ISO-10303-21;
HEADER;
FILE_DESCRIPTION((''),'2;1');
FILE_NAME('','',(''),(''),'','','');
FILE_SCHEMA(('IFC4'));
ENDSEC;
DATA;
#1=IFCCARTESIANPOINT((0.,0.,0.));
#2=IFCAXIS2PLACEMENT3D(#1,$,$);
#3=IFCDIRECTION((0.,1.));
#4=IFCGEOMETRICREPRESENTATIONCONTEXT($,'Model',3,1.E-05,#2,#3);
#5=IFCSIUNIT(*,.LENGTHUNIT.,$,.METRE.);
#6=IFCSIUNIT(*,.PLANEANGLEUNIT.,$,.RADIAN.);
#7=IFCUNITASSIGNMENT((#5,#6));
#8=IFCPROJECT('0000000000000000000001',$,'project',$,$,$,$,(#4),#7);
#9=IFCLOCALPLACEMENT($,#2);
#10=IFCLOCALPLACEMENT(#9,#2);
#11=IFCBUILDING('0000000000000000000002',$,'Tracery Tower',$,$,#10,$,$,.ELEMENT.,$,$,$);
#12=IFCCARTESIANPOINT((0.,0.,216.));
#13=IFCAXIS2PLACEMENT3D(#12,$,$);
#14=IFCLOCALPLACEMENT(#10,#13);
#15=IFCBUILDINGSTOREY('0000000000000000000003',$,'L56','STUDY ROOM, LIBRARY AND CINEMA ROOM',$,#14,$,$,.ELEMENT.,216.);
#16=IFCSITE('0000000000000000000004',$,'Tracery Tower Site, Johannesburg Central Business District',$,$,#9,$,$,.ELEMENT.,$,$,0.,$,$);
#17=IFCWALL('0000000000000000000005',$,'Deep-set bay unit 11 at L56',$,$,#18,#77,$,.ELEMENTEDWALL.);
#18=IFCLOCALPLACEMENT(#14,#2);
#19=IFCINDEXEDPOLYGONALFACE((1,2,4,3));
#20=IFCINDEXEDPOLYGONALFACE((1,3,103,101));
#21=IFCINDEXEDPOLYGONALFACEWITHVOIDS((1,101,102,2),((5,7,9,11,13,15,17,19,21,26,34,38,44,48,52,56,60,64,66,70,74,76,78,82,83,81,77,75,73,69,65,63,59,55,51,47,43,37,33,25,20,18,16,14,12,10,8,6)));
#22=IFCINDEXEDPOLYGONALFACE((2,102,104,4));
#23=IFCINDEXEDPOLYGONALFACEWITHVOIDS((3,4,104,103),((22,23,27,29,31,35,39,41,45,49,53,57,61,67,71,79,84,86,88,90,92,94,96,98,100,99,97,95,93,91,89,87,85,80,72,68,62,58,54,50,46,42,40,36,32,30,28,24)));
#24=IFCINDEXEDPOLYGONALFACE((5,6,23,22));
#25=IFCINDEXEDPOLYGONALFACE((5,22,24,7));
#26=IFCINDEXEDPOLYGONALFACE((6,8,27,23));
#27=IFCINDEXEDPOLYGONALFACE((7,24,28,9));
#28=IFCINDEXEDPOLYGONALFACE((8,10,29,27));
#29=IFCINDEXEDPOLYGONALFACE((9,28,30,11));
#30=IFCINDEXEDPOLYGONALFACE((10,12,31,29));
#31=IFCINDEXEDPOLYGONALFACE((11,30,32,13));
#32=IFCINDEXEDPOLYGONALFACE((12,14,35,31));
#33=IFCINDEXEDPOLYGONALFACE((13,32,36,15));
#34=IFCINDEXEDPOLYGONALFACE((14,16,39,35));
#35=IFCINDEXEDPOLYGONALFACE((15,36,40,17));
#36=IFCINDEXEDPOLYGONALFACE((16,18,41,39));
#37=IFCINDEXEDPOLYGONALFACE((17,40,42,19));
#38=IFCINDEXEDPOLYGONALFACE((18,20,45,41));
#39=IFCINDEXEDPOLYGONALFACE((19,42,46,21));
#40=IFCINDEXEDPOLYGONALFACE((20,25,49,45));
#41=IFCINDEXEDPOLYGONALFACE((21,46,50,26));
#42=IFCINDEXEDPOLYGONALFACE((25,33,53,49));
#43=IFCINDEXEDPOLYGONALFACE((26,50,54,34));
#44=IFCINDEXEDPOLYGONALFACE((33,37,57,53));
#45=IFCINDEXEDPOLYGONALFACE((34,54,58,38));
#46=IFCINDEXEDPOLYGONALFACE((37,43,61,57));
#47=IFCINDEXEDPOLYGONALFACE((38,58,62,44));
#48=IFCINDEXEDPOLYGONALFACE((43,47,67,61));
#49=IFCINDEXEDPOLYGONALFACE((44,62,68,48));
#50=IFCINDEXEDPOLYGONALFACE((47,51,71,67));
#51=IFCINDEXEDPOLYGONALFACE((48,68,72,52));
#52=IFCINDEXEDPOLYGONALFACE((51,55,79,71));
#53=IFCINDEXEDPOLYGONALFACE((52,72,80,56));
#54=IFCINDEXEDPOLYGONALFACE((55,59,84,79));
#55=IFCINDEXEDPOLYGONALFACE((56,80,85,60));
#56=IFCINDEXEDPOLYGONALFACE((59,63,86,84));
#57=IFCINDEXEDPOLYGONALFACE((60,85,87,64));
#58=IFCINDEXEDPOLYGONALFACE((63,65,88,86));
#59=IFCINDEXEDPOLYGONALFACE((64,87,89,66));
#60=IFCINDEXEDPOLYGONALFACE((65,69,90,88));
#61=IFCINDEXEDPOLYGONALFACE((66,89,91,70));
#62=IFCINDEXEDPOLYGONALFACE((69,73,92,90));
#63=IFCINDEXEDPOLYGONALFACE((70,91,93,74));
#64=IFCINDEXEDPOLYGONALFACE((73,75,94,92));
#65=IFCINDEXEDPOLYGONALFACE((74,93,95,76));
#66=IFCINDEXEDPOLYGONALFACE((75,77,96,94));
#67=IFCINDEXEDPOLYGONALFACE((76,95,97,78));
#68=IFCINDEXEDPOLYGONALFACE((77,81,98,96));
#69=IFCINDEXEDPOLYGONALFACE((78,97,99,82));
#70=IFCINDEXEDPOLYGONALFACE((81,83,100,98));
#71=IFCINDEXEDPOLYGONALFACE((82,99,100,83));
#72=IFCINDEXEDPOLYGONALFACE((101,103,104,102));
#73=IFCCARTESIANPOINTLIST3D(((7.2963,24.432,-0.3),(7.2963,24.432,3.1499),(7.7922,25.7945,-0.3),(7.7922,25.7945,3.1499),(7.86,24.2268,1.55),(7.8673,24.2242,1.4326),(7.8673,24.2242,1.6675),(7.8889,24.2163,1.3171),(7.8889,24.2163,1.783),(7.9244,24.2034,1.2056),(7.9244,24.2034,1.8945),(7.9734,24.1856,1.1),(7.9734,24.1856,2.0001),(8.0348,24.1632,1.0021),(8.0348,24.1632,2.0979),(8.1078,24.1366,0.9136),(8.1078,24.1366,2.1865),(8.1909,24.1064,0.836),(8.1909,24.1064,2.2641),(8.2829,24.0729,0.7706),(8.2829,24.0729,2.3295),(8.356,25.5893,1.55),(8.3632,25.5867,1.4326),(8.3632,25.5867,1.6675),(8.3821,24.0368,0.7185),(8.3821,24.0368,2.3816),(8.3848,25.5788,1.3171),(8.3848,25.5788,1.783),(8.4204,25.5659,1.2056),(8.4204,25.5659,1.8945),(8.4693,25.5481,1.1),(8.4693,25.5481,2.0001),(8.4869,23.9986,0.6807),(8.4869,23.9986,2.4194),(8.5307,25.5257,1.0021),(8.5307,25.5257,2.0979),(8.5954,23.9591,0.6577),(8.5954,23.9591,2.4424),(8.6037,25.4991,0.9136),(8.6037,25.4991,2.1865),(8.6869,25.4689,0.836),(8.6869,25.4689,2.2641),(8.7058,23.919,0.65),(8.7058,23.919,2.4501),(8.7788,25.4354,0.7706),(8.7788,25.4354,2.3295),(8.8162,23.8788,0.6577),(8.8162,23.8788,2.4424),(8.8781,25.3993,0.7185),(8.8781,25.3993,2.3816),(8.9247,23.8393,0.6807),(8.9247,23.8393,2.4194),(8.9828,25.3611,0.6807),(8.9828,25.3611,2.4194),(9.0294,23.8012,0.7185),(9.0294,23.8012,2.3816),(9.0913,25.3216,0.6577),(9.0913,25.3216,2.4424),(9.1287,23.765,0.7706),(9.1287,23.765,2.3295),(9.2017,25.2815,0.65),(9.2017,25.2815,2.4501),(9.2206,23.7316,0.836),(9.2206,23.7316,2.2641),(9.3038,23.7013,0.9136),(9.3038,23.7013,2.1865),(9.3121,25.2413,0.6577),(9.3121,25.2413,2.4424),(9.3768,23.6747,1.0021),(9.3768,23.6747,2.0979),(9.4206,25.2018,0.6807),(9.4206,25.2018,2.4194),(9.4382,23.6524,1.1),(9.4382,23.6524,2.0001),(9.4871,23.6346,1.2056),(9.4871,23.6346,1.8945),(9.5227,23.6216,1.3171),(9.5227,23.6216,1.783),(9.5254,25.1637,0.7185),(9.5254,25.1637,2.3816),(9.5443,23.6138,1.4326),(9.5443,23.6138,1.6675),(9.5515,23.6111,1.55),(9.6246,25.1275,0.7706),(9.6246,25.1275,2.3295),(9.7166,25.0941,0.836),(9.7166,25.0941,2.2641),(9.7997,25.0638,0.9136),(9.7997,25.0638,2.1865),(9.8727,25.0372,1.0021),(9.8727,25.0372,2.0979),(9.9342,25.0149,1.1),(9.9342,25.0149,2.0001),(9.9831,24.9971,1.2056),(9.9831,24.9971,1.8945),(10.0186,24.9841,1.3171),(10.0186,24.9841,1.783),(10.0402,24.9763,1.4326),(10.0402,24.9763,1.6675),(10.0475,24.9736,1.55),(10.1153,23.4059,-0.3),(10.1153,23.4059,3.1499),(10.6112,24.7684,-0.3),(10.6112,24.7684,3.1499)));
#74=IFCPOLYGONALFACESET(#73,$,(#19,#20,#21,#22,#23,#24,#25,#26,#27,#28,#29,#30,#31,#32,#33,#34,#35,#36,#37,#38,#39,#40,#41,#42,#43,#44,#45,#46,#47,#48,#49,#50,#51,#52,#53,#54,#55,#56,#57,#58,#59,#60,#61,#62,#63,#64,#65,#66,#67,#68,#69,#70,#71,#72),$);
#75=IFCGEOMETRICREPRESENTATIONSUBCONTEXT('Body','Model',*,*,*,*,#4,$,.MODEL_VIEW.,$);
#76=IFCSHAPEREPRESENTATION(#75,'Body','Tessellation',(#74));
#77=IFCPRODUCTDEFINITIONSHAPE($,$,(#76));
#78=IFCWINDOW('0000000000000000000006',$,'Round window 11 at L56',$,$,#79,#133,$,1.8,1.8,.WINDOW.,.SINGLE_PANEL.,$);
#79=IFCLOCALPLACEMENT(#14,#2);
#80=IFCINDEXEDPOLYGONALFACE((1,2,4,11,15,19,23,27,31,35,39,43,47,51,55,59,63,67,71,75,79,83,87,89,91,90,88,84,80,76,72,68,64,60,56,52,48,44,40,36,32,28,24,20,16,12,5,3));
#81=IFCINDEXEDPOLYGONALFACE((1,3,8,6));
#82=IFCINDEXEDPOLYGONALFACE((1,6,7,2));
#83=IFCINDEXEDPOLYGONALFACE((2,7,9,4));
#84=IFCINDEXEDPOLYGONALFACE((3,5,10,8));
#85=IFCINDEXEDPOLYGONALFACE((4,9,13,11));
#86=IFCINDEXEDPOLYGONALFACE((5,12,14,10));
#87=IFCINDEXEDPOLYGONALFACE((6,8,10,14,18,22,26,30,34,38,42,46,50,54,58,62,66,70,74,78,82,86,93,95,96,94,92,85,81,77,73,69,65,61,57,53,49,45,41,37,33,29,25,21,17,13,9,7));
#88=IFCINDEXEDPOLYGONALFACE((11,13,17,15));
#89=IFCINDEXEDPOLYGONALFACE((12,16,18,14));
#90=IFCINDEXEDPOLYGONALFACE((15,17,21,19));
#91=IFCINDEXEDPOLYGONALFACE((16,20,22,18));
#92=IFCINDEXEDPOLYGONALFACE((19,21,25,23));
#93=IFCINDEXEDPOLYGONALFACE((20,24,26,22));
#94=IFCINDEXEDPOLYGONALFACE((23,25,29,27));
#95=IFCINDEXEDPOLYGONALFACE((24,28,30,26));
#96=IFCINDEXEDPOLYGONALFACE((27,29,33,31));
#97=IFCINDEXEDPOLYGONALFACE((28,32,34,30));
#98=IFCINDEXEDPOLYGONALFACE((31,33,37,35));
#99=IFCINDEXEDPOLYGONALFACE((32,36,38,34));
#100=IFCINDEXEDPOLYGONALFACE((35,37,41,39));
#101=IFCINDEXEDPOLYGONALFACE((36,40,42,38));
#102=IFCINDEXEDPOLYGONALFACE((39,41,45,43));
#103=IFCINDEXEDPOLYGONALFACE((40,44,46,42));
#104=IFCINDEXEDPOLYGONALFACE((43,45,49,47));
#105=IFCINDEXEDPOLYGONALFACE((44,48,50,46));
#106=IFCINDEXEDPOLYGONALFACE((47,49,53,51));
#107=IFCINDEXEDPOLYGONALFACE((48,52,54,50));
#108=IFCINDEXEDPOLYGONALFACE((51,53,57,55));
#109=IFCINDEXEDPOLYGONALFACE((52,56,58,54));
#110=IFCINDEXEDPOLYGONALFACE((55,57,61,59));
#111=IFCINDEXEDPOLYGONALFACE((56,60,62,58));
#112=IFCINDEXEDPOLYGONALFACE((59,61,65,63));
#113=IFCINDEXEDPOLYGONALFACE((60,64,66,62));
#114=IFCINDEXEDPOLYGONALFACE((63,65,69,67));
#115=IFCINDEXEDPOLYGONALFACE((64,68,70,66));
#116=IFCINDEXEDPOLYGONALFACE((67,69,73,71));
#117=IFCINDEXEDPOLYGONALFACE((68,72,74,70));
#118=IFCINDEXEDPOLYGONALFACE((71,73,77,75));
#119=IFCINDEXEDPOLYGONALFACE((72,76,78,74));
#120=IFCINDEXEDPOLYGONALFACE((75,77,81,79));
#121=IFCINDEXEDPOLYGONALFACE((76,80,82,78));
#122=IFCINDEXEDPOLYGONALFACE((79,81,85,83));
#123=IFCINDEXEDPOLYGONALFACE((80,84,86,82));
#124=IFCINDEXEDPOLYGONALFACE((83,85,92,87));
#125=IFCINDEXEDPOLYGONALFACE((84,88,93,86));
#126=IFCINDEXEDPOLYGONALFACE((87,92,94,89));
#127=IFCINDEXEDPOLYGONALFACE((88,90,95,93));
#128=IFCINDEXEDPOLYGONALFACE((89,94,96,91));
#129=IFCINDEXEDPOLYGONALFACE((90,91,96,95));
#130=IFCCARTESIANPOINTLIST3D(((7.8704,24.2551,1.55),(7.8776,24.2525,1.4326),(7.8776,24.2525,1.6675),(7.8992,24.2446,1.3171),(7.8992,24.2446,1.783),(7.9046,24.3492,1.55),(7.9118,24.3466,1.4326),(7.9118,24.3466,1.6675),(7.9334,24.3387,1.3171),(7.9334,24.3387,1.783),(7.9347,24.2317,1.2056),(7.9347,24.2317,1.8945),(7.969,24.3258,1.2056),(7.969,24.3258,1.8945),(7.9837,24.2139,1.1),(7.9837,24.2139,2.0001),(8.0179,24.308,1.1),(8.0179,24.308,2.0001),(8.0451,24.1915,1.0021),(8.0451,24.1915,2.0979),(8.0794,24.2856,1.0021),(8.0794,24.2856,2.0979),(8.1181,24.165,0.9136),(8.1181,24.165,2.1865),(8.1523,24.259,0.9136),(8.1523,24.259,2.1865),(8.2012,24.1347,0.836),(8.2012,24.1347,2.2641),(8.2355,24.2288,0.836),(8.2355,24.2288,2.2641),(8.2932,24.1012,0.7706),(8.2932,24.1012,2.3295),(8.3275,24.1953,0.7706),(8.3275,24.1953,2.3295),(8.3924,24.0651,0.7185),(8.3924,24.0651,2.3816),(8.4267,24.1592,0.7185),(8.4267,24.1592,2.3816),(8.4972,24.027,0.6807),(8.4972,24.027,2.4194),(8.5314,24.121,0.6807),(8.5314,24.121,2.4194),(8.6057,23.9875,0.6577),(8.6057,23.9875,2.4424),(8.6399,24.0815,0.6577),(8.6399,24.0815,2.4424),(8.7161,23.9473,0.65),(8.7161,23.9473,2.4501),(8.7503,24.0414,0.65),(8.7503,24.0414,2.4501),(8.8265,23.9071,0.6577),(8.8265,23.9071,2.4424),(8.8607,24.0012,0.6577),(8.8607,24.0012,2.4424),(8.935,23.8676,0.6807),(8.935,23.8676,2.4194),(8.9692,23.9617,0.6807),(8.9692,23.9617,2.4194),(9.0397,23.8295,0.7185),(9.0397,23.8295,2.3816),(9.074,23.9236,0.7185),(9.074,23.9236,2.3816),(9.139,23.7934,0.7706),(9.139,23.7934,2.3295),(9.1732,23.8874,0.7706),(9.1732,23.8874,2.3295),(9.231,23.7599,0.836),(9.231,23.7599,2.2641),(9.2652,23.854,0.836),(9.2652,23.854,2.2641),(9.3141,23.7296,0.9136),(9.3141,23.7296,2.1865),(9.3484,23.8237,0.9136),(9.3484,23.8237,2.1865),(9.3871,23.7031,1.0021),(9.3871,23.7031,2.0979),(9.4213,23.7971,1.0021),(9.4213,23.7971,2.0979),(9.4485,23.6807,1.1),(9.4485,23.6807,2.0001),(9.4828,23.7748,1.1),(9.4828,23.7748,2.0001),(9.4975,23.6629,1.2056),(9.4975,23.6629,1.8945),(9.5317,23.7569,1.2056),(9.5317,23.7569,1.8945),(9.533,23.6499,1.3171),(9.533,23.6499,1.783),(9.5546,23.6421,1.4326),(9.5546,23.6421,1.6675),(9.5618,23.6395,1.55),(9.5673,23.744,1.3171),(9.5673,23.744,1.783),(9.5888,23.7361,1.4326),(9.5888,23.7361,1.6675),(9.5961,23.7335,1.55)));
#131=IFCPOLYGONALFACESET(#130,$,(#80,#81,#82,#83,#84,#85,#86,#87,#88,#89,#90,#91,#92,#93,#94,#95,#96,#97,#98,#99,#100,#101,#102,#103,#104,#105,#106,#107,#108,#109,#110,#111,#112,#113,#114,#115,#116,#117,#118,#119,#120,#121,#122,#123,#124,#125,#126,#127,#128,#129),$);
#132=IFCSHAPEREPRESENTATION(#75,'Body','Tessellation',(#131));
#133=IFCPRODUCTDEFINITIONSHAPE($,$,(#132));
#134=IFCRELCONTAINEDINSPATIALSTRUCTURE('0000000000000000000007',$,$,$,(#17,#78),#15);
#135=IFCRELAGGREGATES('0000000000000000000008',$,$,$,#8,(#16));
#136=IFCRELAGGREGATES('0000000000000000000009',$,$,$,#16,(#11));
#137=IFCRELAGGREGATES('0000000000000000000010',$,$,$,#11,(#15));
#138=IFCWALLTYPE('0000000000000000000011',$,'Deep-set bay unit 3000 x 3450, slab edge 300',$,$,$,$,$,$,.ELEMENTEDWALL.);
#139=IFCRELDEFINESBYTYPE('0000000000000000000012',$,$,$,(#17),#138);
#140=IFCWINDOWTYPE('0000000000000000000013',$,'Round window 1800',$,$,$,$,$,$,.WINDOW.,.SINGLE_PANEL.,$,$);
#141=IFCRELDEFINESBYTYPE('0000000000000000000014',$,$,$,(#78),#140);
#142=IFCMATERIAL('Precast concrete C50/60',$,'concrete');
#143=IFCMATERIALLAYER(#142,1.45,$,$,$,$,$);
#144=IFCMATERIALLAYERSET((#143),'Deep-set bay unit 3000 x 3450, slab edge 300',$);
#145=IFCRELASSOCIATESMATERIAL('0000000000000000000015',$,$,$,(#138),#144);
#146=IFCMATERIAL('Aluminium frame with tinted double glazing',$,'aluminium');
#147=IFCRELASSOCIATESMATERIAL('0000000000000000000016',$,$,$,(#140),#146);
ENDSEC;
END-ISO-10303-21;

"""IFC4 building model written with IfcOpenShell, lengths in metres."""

from ifc_helpers import new_model, si_unit, direction, frame, frame_2d, origin, origin_2d, place, context, subcontext, project, spatial, rectangle, circle, extrude, material, layer, layer_set, type_object, element, fill, save


model = new_model("IFC4")

# Units and contexts
model_context = context("Model", 3, precision=1e-05, world=origin(), true_north=direction((0.0, 1.0)))
body_context = subcontext(model_context, "Body", "Model", "MODEL_VIEW")
ifc_project = project(units=[si_unit("LENGTHUNIT", "METRE"), si_unit("PLANEANGLEUNIT", "RADIAN")], contexts=[model_context])

# Site, building, storey
site_placement = place(None, origin())
site = spatial("IfcSite", under=ifc_project, at=site_placement, Name="Tracery Tower Site, Johannesburg Central Business District", CompositionType="ELEMENT", RefElevation=0.0)
building_placement = place(site_placement, origin())
building = spatial("IfcBuilding", under=site, at=building_placement, Name="Tracery Tower", CompositionType="ELEMENT")
storey_placement = place(building_placement, frame((0.0, 0.0, 216.0)))
storey = spatial("IfcBuildingStorey", under=building, at=storey_placement, Name="L56", Description="STUDY ROOM, LIBRARY AND CINEMA ROOM", CompositionType="ELEMENT", Elevation=216.0)

# Wall, opening, window
ifc_material_1 = material(Name="Precast concrete C50/60", Category="concrete")
ifc_layer_1 = layer(ifc_material_1, 1.45)
ifc_layer_set_1 = layer_set([ifc_layer_1], Name="Deep-set bay unit 3000 x 3450, slab edge 300")
wall_type_1 = type_object("IfcWallType", Name="Deep-set bay unit 3000 x 3450, slab edge 300", PredefinedType="ELEMENTEDWALL", material=ifc_layer_set_1)
ifc_material_2 = material(Name="Aluminium frame with tinted double glazing", Category="aluminium")
window_type = type_object("IfcWindowType", Name="Round window 1800", PartitioningType="SINGLE_PANEL", PredefinedType="WINDOW", material=ifc_material_2)
wall_1_placement = place(storey_placement, frame((10.3633, 24.0872, -0.3), z_axis=(0.0, 0.0, 1.0), x_axis=(-0.939686, 0.342037, 0.0)))
wall_1 = element("IfcWall", 1, at=wall_1_placement, inside=storey, type_object=wall_type_1, Name="Deep-set bay unit 11 at L56", PredefinedType="ELEMENTEDWALL", context=body_context, shape_type="SweptSolid", body=[
    extrude(rectangle(XDim=3.0, YDim=1.45, at=frame_2d((1.5, 0.0))), origin(), (0.0, 0.0, 1.0), 3.45),
])
opening_1_placement = place(wall_1_placement, frame((1.5, 0.0, 1.8501)))
opening_1 = element("IfcOpeningElement", 2, at=opening_1_placement, cuts=wall_1, PredefinedType="OPENING", context=body_context, shape_type="SweptSolid", body=[
    extrude(circle(Radius=0.9, at=origin_2d()), frame((0.0, 0.7349, 0.0), z_axis=(0.0, -1.0, 0.0), x_axis=(1.0, 0.0, 0.0)), (0.0, 0.0, 1.0), 1.47),
])
window_1_placement = place(opening_1_placement, origin())
window_1 = element("IfcWindow", 3, at=window_1_placement, inside=storey, type_object=window_type, Name="Round window 11 at L56", OverallHeight=1.8, OverallWidth=1.8, PartitioningType="SINGLE_PANEL", PredefinedType="WINDOW", context=body_context, shape_type="SweptSolid", body=[
    extrude(circle(Radius=0.9, at=origin_2d()), frame((0.0, 0.6948, 0.0), z_axis=(0.0, -1.0, 0.0), x_axis=(1.0, 0.0, 0.0)), (0.0, 0.0, 1.0), 0.1001),
])
fill(opening_1, window_1)

save(model, "model.ifc")
